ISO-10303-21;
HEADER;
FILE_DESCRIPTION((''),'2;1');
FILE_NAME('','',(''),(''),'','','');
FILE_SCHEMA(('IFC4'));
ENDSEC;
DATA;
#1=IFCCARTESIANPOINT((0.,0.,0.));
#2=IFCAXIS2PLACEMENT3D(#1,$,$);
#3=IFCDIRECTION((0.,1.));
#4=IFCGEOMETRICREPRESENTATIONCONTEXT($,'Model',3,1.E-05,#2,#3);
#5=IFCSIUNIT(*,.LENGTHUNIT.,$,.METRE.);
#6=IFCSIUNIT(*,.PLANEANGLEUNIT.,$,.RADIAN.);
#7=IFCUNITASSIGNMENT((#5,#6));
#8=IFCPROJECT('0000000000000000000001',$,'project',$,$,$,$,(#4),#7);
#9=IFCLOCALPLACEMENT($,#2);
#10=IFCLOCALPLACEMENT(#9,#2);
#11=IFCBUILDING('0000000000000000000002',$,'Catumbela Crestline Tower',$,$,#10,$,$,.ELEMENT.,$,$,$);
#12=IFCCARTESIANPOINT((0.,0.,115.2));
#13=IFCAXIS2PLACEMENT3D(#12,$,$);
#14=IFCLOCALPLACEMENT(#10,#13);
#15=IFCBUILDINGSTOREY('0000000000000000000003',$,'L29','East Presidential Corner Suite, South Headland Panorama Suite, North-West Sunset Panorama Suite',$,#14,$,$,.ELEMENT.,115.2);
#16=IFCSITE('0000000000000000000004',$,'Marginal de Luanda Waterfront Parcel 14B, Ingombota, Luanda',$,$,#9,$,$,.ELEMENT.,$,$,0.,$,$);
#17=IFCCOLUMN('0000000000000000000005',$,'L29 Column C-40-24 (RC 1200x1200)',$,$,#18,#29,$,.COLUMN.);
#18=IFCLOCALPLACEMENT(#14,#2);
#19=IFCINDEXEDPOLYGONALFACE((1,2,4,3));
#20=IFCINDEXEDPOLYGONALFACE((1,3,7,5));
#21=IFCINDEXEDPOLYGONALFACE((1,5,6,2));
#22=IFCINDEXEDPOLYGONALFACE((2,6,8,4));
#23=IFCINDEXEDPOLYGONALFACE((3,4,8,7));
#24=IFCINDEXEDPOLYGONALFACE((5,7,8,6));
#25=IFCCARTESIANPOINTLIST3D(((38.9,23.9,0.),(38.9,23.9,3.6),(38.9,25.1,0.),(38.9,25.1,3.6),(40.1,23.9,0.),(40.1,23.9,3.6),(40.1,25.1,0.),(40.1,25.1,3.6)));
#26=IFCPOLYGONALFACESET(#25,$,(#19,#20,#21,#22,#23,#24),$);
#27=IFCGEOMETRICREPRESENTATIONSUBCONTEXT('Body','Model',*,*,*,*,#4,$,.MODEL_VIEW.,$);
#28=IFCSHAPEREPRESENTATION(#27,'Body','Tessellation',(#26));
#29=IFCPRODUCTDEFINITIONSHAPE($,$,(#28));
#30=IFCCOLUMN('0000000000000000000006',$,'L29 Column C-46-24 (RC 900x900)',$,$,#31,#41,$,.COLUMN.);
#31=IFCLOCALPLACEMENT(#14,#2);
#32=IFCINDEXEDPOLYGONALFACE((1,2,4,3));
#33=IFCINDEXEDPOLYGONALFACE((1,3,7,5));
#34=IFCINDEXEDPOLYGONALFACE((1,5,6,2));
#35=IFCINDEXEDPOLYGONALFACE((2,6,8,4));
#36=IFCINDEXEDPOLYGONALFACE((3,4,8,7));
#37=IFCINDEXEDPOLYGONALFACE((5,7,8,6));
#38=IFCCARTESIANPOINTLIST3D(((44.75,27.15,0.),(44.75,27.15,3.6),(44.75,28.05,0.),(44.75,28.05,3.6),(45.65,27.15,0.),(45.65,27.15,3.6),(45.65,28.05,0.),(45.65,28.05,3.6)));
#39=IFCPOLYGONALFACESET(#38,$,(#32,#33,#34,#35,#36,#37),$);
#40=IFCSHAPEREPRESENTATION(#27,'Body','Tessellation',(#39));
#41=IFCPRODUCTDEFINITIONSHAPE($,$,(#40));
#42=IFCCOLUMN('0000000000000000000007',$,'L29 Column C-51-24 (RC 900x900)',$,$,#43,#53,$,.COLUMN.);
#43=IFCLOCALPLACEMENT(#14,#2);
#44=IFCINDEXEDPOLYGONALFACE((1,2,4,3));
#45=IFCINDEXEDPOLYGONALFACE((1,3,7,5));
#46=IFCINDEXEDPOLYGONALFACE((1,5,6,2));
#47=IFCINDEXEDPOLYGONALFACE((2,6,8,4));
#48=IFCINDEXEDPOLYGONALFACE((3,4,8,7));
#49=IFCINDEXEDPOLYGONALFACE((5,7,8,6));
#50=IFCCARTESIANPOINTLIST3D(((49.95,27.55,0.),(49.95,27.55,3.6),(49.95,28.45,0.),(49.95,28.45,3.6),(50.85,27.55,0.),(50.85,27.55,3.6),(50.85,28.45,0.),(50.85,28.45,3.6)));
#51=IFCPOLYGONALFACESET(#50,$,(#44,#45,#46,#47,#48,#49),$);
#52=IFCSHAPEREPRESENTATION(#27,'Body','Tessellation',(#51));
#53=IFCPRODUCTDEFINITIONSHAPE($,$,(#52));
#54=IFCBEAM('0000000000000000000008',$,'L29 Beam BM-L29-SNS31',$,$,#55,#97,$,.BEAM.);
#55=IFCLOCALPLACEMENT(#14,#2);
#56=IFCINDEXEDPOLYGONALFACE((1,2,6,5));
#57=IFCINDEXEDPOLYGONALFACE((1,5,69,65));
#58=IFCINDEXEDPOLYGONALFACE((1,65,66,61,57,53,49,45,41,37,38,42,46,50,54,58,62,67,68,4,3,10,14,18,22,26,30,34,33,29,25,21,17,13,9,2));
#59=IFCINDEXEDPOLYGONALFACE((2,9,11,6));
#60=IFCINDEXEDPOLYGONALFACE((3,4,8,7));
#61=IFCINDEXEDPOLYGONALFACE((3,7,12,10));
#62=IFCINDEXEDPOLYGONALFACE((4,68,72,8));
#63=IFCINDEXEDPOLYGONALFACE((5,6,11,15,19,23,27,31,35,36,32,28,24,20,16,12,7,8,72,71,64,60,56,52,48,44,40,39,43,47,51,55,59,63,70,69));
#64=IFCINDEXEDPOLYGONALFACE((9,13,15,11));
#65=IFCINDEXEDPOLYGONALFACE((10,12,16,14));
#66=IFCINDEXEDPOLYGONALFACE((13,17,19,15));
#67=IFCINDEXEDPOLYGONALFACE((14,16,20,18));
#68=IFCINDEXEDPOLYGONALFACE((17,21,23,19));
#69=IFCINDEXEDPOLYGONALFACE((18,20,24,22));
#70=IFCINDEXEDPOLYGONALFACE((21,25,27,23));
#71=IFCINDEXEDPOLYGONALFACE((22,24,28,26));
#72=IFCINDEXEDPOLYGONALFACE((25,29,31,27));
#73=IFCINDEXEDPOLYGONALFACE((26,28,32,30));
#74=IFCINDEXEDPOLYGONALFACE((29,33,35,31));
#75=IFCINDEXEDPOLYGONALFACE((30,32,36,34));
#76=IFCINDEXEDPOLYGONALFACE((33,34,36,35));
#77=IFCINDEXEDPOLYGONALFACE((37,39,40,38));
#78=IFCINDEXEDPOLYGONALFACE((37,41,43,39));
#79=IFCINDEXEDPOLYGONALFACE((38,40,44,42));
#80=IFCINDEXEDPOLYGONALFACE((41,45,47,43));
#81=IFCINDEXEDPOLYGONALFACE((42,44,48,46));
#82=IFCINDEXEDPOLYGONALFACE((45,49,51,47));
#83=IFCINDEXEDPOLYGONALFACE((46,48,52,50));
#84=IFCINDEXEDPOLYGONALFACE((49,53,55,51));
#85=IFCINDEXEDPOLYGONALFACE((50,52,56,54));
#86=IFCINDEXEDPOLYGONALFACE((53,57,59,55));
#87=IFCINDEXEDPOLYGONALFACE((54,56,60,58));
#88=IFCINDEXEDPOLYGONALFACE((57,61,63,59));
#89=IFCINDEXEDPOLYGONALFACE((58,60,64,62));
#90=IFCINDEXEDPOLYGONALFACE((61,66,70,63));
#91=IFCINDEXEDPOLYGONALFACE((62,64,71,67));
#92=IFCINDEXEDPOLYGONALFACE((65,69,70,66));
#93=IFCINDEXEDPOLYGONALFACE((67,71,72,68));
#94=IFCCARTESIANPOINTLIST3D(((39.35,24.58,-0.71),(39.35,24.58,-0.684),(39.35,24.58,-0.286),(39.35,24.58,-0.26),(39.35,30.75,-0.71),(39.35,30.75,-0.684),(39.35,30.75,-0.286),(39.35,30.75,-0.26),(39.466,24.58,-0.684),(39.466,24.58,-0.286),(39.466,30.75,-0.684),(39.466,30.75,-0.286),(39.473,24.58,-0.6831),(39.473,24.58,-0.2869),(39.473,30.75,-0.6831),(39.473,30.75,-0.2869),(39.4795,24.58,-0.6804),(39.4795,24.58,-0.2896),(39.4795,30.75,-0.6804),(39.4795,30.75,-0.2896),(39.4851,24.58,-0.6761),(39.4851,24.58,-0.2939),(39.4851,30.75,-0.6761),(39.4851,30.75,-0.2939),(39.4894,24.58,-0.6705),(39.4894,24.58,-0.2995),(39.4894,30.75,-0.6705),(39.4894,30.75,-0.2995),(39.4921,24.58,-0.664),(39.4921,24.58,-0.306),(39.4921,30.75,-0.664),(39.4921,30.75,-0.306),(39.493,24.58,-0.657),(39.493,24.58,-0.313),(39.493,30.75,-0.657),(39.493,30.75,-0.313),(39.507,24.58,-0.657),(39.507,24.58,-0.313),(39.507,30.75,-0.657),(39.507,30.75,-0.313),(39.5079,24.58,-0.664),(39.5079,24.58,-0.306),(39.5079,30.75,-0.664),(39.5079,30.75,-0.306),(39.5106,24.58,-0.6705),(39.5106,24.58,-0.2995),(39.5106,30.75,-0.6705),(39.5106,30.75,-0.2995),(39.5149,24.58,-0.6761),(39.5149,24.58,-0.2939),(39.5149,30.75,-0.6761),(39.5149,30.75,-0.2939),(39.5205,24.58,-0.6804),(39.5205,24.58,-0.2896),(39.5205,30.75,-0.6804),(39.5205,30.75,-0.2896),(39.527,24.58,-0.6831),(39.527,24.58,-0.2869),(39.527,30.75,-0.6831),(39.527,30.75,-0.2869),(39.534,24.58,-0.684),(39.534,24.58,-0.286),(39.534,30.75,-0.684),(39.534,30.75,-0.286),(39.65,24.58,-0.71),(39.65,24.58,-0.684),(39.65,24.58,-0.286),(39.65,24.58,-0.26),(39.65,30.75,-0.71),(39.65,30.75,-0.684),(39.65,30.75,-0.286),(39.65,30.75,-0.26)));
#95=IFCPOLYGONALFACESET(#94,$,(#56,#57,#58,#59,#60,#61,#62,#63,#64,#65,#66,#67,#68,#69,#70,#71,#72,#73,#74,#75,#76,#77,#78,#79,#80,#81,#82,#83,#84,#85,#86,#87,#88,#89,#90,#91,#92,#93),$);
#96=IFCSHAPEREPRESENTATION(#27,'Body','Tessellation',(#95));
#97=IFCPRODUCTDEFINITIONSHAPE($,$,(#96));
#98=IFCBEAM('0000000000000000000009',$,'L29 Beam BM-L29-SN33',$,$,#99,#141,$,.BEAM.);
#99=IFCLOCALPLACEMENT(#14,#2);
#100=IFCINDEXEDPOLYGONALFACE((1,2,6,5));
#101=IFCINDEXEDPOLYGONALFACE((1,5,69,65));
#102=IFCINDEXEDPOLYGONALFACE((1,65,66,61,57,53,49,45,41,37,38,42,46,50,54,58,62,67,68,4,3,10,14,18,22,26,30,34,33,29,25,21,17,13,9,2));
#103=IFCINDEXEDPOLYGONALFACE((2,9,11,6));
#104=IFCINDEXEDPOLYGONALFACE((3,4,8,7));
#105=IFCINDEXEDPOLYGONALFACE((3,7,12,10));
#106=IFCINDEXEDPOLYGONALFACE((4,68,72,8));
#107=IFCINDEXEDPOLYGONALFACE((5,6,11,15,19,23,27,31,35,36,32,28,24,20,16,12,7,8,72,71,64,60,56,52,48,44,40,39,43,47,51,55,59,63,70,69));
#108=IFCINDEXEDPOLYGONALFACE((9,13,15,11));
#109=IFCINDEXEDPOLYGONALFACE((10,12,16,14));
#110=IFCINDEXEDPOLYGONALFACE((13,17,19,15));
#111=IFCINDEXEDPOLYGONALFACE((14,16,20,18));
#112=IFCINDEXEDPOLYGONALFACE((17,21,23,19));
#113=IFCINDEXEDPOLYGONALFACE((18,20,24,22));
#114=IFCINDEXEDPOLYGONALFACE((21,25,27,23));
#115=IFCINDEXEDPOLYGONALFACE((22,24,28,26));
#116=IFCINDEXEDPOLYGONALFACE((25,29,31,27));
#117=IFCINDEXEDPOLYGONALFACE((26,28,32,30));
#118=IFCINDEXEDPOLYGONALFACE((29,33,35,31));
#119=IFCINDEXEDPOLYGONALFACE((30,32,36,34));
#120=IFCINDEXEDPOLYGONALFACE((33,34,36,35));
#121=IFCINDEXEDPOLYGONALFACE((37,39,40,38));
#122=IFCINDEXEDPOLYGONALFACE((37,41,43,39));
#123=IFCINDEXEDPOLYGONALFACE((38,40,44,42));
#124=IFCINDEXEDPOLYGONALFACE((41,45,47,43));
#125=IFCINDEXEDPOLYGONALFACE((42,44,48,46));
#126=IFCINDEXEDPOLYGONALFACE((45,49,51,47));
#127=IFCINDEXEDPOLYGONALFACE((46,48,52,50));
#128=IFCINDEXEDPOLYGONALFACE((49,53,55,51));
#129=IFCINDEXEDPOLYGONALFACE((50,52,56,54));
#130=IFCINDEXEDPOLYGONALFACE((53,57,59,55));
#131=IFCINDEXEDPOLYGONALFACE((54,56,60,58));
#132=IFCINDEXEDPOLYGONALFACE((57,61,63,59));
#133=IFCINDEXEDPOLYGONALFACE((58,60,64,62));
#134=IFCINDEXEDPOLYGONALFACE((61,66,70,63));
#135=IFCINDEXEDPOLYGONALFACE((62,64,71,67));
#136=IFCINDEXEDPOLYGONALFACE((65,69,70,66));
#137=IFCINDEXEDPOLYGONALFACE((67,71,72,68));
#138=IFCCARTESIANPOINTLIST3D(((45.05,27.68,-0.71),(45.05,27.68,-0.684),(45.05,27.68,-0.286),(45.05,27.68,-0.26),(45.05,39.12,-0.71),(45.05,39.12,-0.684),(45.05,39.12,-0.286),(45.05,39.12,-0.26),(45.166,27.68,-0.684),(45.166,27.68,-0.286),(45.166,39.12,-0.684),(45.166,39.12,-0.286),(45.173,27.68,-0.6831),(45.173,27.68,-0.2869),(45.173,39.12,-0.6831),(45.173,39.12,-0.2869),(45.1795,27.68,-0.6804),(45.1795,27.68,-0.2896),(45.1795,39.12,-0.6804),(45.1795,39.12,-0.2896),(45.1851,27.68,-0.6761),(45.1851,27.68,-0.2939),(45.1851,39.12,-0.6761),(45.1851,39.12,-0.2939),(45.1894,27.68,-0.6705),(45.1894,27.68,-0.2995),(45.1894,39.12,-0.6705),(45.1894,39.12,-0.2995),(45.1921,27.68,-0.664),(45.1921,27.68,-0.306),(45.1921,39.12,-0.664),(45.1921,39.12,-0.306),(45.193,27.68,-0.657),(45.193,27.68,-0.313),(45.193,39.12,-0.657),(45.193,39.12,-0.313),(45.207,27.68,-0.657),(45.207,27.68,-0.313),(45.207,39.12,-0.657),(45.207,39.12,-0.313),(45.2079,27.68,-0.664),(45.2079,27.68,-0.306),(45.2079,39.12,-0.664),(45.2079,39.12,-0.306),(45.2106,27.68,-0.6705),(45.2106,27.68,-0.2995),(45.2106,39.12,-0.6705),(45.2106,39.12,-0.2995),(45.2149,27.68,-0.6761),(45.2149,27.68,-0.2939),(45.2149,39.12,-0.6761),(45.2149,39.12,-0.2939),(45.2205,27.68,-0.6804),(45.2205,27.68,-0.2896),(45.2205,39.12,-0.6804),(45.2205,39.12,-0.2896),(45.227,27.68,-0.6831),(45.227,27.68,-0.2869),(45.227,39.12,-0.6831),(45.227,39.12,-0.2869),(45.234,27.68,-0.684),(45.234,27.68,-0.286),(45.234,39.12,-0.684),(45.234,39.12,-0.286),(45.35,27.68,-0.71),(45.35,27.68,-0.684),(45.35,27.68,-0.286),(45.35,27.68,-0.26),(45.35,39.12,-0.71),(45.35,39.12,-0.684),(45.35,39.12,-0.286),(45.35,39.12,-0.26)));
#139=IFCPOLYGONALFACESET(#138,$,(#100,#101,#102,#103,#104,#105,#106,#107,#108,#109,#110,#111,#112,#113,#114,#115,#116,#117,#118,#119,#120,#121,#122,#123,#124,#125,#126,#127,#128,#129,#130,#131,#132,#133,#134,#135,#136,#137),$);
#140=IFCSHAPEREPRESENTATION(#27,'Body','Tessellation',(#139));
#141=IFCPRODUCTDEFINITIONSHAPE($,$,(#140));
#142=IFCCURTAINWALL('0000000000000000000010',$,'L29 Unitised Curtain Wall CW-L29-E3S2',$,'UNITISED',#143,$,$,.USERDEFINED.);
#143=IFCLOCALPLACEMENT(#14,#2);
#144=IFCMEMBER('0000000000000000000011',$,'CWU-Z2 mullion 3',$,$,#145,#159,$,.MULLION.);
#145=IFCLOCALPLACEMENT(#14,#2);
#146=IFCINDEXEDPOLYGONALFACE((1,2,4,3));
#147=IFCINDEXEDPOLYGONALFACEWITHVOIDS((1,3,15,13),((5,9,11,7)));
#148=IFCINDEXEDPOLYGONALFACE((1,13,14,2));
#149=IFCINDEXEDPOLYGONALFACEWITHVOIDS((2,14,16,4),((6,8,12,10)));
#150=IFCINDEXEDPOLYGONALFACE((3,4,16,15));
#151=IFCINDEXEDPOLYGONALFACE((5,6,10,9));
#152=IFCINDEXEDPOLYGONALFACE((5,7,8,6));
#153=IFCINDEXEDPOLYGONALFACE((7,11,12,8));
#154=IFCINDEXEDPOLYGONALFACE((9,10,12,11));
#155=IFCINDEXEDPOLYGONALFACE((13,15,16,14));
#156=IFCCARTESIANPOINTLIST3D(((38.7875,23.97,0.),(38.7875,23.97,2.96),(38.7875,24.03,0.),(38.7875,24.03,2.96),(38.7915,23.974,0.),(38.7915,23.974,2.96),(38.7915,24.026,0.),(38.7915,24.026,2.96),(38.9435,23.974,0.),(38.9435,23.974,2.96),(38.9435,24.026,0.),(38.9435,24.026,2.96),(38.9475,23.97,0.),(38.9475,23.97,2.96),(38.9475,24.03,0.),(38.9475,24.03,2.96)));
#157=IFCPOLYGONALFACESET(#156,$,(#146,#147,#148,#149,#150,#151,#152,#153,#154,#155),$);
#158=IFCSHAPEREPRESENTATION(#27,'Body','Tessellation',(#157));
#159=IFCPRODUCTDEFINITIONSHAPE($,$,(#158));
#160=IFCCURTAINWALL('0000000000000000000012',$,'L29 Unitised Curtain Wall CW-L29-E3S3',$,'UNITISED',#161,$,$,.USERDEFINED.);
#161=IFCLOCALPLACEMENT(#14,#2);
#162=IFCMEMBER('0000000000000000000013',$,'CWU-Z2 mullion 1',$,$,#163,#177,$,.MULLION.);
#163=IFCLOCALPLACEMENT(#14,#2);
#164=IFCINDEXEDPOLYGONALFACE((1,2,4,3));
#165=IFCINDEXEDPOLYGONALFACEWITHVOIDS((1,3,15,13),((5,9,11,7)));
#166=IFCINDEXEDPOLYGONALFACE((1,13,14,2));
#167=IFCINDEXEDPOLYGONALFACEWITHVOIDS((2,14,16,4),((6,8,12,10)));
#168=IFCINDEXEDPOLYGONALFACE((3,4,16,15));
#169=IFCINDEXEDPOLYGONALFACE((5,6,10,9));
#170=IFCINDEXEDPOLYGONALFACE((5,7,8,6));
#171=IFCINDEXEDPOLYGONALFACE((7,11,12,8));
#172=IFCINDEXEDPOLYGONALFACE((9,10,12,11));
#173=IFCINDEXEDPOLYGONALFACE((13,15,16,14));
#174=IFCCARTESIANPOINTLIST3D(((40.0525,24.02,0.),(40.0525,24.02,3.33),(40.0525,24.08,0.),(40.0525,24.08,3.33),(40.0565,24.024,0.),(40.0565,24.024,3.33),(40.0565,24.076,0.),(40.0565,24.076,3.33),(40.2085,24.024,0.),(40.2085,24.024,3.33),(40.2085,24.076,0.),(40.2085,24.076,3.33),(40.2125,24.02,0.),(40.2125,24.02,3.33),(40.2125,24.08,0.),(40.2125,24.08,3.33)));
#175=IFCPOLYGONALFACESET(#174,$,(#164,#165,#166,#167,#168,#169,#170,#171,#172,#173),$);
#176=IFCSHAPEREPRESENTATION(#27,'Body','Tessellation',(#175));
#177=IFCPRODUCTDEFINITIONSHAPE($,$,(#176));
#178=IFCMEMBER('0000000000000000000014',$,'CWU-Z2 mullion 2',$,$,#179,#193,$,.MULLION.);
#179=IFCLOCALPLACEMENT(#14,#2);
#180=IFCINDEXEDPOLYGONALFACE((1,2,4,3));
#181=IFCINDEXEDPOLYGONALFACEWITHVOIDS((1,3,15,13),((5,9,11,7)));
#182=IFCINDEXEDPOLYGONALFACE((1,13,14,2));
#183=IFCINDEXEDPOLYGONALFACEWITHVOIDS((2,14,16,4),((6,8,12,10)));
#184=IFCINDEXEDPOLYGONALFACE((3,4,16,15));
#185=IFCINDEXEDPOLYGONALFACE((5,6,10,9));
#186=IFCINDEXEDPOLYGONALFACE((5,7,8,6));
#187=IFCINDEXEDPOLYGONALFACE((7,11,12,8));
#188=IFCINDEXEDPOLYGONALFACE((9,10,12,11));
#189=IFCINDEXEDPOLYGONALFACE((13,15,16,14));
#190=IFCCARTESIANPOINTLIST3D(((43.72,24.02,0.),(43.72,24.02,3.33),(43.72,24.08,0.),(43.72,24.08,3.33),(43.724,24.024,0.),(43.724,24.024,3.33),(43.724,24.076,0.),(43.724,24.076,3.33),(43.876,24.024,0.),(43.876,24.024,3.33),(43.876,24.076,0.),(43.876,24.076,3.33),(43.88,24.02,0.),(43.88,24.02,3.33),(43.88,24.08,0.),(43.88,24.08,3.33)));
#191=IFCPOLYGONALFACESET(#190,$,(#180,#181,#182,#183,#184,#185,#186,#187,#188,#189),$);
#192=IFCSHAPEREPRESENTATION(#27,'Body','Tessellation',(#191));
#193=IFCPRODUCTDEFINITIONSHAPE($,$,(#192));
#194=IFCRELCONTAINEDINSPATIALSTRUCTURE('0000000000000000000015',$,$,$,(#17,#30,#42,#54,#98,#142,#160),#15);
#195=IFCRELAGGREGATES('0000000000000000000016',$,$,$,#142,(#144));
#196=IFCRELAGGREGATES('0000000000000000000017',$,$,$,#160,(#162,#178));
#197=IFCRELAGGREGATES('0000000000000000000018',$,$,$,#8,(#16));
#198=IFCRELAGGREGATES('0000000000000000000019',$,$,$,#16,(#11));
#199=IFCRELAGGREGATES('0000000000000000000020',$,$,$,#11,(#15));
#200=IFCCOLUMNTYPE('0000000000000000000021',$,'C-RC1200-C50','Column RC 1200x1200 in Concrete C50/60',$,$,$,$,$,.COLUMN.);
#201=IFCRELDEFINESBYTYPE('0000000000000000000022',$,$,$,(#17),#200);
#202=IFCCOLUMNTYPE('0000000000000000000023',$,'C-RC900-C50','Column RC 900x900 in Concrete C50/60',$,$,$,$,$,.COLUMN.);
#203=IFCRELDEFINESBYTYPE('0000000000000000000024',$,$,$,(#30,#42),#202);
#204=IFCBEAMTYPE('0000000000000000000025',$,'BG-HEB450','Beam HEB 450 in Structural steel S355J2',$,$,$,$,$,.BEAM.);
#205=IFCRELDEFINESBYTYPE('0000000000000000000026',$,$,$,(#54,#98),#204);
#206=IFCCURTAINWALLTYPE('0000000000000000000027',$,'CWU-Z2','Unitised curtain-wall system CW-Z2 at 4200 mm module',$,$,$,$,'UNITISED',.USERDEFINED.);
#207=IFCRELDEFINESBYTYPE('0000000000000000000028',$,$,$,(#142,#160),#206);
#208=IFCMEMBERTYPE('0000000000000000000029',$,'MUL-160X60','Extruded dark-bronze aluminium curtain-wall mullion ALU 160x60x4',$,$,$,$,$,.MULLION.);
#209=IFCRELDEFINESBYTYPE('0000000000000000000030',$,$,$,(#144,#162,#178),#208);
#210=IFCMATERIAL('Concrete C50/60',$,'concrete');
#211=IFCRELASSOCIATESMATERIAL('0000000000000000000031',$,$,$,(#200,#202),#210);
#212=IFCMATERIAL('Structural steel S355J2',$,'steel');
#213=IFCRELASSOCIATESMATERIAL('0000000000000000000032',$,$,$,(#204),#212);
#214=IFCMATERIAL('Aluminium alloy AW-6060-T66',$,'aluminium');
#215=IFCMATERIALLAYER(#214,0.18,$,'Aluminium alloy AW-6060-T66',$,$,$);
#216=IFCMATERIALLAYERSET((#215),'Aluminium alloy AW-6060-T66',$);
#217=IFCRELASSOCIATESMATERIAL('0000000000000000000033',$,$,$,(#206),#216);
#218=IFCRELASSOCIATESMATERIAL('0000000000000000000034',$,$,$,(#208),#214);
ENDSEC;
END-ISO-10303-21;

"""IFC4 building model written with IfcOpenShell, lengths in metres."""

from ifc_helpers import new_model, si_unit, direction, frame, origin, origin_2d, place, context, subcontext, project, spatial, rectangle, hollow_rectangle, i_section, extrude, material, layer, layer_set, material_profile, profile_set, type_object, element, aggregate, save


model = new_model("IFC4")

# Units and contexts
model_context = context("Model", 3, precision=1e-05, world=origin(), true_north=direction((0.0, 1.0)))
body_context = subcontext(model_context, "Body", "Model", "MODEL_VIEW")
ifc_project = project(units=[si_unit("LENGTHUNIT", "METRE"), si_unit("PLANEANGLEUNIT", "RADIAN")], contexts=[model_context])

# Site, building, storey
site_placement = place(None, origin())
site = spatial("IfcSite", under=ifc_project, at=site_placement, Name="Marginal de Luanda Waterfront Parcel 14B, Ingombota, Luanda", CompositionType="ELEMENT", RefElevation=0.0)
building_placement = place(site_placement, origin())
building = spatial("IfcBuilding", under=site, at=building_placement, Name="Catumbela Crestline Tower", CompositionType="ELEMENT")
storey_placement = place(building_placement, frame((0.0, 0.0, 115.2)))
storey = spatial("IfcBuildingStorey", under=building, at=storey_placement, Name="L29", Description="East Presidential Corner Suite, South Headland Panorama Suite, North-West Sunset Panorama Suite", CompositionType="ELEMENT", Elevation=115.2)

# Columns
ifc_material_1 = material(Name="Concrete C50/60", Category="concrete")
ifc_material_profile_1 = material_profile(ifc_material_1, rectangle(XDim=1.2, YDim=1.2, at=origin_2d()), Name="RC 1200x1200")
ifc_profile_set_1 = profile_set([ifc_material_profile_1], Name="Concrete C50/60")
column_type_1 = type_object("IfcColumnType", Name="C-RC1200-C50", Description="Column RC 1200x1200 in Concrete C50/60", PredefinedType="COLUMN", material=ifc_profile_set_1)
column_placement = place(storey_placement, frame((39.5, 24.5, 0.0), z_axis=(0.0, 0.0, 1.0), x_axis=(1.0, 0.0, 0.0)))
element("IfcColumn", 1, at=column_placement, inside=storey, type_object=column_type_1, Name="L29 Column C-40-24 (RC 1200x1200)", PredefinedType="COLUMN", context=body_context, shape_type="SweptSolid", body=[
    extrude(rectangle(XDim=1.2, YDim=1.2, at=origin_2d()), origin(), (0.0, 0.0, 1.0), 3.6),
])
ifc_material_profile_2 = material_profile(ifc_material_1, rectangle(XDim=0.9, YDim=0.9, at=origin_2d()), Name="RC 900x900")
ifc_profile_set_2 = profile_set([ifc_material_profile_2], Name="Concrete C50/60")
column_type_2 = type_object("IfcColumnType", Name="C-RC900-C50", Description="Column RC 900x900 in Concrete C50/60", PredefinedType="COLUMN", material=ifc_profile_set_2)
for number, where, z_axis, x_axis, name in (
    (2, (45.2, 27.6, 0.0), (0.0, 0.0, 1.0), (1.0, 0.0, 0.0), "L29 Column C-46-24 (RC 900x900)"),
    (3, (50.4, 28.0, 0.0), (0.0, 0.0, 1.0), (1.0, 0.0, 0.0), "L29 Column C-51-24 (RC 900x900)"),
):
    element("IfcColumn", number, at=place(storey_placement, frame(where, z_axis=z_axis, x_axis=x_axis)), inside=storey, type_object=column_type_2, Name=name, PredefinedType="COLUMN", context=body_context, shape_type="SweptSolid", body=[
        extrude(rectangle(XDim=0.9, YDim=0.9, at=origin_2d()), origin(), (0.0, 0.0, 1.0), 3.6),
    ])

# Beams
ifc_material_2 = material(Name="Structural steel S355J2", Category="steel")
ifc_material_profile_3 = material_profile(ifc_material_2, i_section(OverallWidth=0.3, OverallDepth=0.45, WebThickness=0.014, FlangeThickness=0.026, FilletRadius=0.027, at=origin_2d()), Name="HEB 450")
ifc_profile_set_3 = profile_set([ifc_material_profile_3], Name="Structural steel S355J2")
beam_type_1 = type_object("IfcBeamType", Name="BG-HEB450", Description="Beam HEB 450 in Structural steel S355J2", PredefinedType="BEAM", material=ifc_profile_set_3)
beam_1_placement = place(storey_placement, frame((39.5, 24.58, -0.485), z_axis=(0.0, 1.0, 0.0), x_axis=(-1.0, 0.0, 0.0)))
element("IfcBeam", 4, at=beam_1_placement, inside=storey, type_object=beam_type_1, Name="L29 Beam BM-L29-SNS31", PredefinedType="BEAM", context=body_context, shape_type="SweptSolid", body=[
    extrude(i_section(OverallWidth=0.3, OverallDepth=0.45, WebThickness=0.014, FlangeThickness=0.026, FilletRadius=0.027, at=origin_2d()), origin(), (0.0, 0.0, 1.0), 6.17),
])
beam_2_placement = place(storey_placement, frame((45.2, 27.68, -0.485), z_axis=(0.0, 1.0, 0.0), x_axis=(-1.0, 0.0, 0.0)))
element("IfcBeam", 5, at=beam_2_placement, inside=storey, type_object=beam_type_1, Name="L29 Beam BM-L29-SN33", PredefinedType="BEAM", context=body_context, shape_type="SweptSolid", body=[
    extrude(i_section(OverallWidth=0.3, OverallDepth=0.45, WebThickness=0.014, FlangeThickness=0.026, FilletRadius=0.027, at=origin_2d()), origin(), (0.0, 0.0, 1.0), 11.44),
])

# Curtain wall, member
ifc_material_3 = material(Name="Aluminium alloy AW-6060-T66", Category="aluminium")
ifc_layer_1 = layer(ifc_material_3, 0.18, Name="Aluminium alloy AW-6060-T66")
ifc_layer_set_1 = layer_set([ifc_layer_1], Name="Aluminium alloy AW-6060-T66")
curtain_wall_type = type_object("IfcCurtainWallType", Name="CWU-Z2", Description="Unitised curtain-wall system CW-Z2 at 4200 mm module", ElementType="UNITISED", PredefinedType="USERDEFINED", material=ifc_layer_set_1)
curtain_wall_1_placement = place(storey_placement, origin())
curtain_wall_1 = element("IfcCurtainWall", 6, at=curtain_wall_1_placement, inside=storey, type_object=curtain_wall_type, Name="L29 Unitised Curtain Wall CW-L29-E3S2", ObjectType="UNITISED", PredefinedType="USERDEFINED")
ifc_material_profile_4 = material_profile(ifc_material_3, hollow_rectangle(XDim=0.06, YDim=0.16, WallThickness=0.004, at=origin_2d()), Name="ALU 160x60x4")
ifc_profile_set_4 = profile_set([ifc_material_profile_4], Name="Aluminium alloy AW-6060-T66")
member_type_1 = type_object("IfcMemberType", Name="MUL-160X60", Description="Extruded dark-bronze aluminium curtain-wall mullion ALU 160x60x4", PredefinedType="MULLION", material=ifc_profile_set_4)
member_1_placement = place(storey_placement, frame((38.8675, 24.0, 0.0), z_axis=(0.0, 0.0, 1.0), x_axis=(0.0, 1.0, 0.0)))
member_1 = element("IfcMember", 7, at=member_1_placement, type_object=member_type_1, Name="CWU-Z2 mullion 3", PredefinedType="MULLION", context=body_context, shape_type="SweptSolid", body=[
    extrude(hollow_rectangle(XDim=0.06, YDim=0.16, WallThickness=0.004, at=origin_2d()), origin(), (0.0, 0.0, 1.0), 2.96),
])
aggregate(curtain_wall_1, [member_1])

# Curtain wall, members
curtain_wall_2_placement = place(storey_placement, origin())
curtain_wall_2 = element("IfcCurtainWall", 8, at=curtain_wall_2_placement, inside=storey, type_object=curtain_wall_type, Name="L29 Unitised Curtain Wall CW-L29-E3S3", ObjectType="UNITISED", PredefinedType="USERDEFINED")
member_2_placement = place(storey_placement, frame((40.1325, 24.05, 0.0), z_axis=(0.0, 0.0, 1.0), x_axis=(0.0, 1.0, 0.0)))
member_2 = element("IfcMember", 9, at=member_2_placement, type_object=member_type_1, Name="CWU-Z2 mullion 1", PredefinedType="MULLION", context=body_context, shape_type="SweptSolid", body=[
    extrude(hollow_rectangle(XDim=0.06, YDim=0.16, WallThickness=0.004, at=origin_2d()), origin(), (0.0, 0.0, 1.0), 3.33),
])
member_3_placement = place(storey_placement, frame((43.8, 24.05, 0.0), z_axis=(0.0, 0.0, 1.0), x_axis=(0.0, 1.0, 0.0)))
member_3 = element("IfcMember", 10, at=member_3_placement, type_object=member_type_1, Name="CWU-Z2 mullion 2", PredefinedType="MULLION", context=body_context, shape_type="SweptSolid", body=[
    extrude(hollow_rectangle(XDim=0.06, YDim=0.16, WallThickness=0.004, at=origin_2d()), origin(), (0.0, 0.0, 1.0), 3.33),
])

aggregate(curtain_wall_2, [member_2, member_3])

save(model, "model.ifc")
